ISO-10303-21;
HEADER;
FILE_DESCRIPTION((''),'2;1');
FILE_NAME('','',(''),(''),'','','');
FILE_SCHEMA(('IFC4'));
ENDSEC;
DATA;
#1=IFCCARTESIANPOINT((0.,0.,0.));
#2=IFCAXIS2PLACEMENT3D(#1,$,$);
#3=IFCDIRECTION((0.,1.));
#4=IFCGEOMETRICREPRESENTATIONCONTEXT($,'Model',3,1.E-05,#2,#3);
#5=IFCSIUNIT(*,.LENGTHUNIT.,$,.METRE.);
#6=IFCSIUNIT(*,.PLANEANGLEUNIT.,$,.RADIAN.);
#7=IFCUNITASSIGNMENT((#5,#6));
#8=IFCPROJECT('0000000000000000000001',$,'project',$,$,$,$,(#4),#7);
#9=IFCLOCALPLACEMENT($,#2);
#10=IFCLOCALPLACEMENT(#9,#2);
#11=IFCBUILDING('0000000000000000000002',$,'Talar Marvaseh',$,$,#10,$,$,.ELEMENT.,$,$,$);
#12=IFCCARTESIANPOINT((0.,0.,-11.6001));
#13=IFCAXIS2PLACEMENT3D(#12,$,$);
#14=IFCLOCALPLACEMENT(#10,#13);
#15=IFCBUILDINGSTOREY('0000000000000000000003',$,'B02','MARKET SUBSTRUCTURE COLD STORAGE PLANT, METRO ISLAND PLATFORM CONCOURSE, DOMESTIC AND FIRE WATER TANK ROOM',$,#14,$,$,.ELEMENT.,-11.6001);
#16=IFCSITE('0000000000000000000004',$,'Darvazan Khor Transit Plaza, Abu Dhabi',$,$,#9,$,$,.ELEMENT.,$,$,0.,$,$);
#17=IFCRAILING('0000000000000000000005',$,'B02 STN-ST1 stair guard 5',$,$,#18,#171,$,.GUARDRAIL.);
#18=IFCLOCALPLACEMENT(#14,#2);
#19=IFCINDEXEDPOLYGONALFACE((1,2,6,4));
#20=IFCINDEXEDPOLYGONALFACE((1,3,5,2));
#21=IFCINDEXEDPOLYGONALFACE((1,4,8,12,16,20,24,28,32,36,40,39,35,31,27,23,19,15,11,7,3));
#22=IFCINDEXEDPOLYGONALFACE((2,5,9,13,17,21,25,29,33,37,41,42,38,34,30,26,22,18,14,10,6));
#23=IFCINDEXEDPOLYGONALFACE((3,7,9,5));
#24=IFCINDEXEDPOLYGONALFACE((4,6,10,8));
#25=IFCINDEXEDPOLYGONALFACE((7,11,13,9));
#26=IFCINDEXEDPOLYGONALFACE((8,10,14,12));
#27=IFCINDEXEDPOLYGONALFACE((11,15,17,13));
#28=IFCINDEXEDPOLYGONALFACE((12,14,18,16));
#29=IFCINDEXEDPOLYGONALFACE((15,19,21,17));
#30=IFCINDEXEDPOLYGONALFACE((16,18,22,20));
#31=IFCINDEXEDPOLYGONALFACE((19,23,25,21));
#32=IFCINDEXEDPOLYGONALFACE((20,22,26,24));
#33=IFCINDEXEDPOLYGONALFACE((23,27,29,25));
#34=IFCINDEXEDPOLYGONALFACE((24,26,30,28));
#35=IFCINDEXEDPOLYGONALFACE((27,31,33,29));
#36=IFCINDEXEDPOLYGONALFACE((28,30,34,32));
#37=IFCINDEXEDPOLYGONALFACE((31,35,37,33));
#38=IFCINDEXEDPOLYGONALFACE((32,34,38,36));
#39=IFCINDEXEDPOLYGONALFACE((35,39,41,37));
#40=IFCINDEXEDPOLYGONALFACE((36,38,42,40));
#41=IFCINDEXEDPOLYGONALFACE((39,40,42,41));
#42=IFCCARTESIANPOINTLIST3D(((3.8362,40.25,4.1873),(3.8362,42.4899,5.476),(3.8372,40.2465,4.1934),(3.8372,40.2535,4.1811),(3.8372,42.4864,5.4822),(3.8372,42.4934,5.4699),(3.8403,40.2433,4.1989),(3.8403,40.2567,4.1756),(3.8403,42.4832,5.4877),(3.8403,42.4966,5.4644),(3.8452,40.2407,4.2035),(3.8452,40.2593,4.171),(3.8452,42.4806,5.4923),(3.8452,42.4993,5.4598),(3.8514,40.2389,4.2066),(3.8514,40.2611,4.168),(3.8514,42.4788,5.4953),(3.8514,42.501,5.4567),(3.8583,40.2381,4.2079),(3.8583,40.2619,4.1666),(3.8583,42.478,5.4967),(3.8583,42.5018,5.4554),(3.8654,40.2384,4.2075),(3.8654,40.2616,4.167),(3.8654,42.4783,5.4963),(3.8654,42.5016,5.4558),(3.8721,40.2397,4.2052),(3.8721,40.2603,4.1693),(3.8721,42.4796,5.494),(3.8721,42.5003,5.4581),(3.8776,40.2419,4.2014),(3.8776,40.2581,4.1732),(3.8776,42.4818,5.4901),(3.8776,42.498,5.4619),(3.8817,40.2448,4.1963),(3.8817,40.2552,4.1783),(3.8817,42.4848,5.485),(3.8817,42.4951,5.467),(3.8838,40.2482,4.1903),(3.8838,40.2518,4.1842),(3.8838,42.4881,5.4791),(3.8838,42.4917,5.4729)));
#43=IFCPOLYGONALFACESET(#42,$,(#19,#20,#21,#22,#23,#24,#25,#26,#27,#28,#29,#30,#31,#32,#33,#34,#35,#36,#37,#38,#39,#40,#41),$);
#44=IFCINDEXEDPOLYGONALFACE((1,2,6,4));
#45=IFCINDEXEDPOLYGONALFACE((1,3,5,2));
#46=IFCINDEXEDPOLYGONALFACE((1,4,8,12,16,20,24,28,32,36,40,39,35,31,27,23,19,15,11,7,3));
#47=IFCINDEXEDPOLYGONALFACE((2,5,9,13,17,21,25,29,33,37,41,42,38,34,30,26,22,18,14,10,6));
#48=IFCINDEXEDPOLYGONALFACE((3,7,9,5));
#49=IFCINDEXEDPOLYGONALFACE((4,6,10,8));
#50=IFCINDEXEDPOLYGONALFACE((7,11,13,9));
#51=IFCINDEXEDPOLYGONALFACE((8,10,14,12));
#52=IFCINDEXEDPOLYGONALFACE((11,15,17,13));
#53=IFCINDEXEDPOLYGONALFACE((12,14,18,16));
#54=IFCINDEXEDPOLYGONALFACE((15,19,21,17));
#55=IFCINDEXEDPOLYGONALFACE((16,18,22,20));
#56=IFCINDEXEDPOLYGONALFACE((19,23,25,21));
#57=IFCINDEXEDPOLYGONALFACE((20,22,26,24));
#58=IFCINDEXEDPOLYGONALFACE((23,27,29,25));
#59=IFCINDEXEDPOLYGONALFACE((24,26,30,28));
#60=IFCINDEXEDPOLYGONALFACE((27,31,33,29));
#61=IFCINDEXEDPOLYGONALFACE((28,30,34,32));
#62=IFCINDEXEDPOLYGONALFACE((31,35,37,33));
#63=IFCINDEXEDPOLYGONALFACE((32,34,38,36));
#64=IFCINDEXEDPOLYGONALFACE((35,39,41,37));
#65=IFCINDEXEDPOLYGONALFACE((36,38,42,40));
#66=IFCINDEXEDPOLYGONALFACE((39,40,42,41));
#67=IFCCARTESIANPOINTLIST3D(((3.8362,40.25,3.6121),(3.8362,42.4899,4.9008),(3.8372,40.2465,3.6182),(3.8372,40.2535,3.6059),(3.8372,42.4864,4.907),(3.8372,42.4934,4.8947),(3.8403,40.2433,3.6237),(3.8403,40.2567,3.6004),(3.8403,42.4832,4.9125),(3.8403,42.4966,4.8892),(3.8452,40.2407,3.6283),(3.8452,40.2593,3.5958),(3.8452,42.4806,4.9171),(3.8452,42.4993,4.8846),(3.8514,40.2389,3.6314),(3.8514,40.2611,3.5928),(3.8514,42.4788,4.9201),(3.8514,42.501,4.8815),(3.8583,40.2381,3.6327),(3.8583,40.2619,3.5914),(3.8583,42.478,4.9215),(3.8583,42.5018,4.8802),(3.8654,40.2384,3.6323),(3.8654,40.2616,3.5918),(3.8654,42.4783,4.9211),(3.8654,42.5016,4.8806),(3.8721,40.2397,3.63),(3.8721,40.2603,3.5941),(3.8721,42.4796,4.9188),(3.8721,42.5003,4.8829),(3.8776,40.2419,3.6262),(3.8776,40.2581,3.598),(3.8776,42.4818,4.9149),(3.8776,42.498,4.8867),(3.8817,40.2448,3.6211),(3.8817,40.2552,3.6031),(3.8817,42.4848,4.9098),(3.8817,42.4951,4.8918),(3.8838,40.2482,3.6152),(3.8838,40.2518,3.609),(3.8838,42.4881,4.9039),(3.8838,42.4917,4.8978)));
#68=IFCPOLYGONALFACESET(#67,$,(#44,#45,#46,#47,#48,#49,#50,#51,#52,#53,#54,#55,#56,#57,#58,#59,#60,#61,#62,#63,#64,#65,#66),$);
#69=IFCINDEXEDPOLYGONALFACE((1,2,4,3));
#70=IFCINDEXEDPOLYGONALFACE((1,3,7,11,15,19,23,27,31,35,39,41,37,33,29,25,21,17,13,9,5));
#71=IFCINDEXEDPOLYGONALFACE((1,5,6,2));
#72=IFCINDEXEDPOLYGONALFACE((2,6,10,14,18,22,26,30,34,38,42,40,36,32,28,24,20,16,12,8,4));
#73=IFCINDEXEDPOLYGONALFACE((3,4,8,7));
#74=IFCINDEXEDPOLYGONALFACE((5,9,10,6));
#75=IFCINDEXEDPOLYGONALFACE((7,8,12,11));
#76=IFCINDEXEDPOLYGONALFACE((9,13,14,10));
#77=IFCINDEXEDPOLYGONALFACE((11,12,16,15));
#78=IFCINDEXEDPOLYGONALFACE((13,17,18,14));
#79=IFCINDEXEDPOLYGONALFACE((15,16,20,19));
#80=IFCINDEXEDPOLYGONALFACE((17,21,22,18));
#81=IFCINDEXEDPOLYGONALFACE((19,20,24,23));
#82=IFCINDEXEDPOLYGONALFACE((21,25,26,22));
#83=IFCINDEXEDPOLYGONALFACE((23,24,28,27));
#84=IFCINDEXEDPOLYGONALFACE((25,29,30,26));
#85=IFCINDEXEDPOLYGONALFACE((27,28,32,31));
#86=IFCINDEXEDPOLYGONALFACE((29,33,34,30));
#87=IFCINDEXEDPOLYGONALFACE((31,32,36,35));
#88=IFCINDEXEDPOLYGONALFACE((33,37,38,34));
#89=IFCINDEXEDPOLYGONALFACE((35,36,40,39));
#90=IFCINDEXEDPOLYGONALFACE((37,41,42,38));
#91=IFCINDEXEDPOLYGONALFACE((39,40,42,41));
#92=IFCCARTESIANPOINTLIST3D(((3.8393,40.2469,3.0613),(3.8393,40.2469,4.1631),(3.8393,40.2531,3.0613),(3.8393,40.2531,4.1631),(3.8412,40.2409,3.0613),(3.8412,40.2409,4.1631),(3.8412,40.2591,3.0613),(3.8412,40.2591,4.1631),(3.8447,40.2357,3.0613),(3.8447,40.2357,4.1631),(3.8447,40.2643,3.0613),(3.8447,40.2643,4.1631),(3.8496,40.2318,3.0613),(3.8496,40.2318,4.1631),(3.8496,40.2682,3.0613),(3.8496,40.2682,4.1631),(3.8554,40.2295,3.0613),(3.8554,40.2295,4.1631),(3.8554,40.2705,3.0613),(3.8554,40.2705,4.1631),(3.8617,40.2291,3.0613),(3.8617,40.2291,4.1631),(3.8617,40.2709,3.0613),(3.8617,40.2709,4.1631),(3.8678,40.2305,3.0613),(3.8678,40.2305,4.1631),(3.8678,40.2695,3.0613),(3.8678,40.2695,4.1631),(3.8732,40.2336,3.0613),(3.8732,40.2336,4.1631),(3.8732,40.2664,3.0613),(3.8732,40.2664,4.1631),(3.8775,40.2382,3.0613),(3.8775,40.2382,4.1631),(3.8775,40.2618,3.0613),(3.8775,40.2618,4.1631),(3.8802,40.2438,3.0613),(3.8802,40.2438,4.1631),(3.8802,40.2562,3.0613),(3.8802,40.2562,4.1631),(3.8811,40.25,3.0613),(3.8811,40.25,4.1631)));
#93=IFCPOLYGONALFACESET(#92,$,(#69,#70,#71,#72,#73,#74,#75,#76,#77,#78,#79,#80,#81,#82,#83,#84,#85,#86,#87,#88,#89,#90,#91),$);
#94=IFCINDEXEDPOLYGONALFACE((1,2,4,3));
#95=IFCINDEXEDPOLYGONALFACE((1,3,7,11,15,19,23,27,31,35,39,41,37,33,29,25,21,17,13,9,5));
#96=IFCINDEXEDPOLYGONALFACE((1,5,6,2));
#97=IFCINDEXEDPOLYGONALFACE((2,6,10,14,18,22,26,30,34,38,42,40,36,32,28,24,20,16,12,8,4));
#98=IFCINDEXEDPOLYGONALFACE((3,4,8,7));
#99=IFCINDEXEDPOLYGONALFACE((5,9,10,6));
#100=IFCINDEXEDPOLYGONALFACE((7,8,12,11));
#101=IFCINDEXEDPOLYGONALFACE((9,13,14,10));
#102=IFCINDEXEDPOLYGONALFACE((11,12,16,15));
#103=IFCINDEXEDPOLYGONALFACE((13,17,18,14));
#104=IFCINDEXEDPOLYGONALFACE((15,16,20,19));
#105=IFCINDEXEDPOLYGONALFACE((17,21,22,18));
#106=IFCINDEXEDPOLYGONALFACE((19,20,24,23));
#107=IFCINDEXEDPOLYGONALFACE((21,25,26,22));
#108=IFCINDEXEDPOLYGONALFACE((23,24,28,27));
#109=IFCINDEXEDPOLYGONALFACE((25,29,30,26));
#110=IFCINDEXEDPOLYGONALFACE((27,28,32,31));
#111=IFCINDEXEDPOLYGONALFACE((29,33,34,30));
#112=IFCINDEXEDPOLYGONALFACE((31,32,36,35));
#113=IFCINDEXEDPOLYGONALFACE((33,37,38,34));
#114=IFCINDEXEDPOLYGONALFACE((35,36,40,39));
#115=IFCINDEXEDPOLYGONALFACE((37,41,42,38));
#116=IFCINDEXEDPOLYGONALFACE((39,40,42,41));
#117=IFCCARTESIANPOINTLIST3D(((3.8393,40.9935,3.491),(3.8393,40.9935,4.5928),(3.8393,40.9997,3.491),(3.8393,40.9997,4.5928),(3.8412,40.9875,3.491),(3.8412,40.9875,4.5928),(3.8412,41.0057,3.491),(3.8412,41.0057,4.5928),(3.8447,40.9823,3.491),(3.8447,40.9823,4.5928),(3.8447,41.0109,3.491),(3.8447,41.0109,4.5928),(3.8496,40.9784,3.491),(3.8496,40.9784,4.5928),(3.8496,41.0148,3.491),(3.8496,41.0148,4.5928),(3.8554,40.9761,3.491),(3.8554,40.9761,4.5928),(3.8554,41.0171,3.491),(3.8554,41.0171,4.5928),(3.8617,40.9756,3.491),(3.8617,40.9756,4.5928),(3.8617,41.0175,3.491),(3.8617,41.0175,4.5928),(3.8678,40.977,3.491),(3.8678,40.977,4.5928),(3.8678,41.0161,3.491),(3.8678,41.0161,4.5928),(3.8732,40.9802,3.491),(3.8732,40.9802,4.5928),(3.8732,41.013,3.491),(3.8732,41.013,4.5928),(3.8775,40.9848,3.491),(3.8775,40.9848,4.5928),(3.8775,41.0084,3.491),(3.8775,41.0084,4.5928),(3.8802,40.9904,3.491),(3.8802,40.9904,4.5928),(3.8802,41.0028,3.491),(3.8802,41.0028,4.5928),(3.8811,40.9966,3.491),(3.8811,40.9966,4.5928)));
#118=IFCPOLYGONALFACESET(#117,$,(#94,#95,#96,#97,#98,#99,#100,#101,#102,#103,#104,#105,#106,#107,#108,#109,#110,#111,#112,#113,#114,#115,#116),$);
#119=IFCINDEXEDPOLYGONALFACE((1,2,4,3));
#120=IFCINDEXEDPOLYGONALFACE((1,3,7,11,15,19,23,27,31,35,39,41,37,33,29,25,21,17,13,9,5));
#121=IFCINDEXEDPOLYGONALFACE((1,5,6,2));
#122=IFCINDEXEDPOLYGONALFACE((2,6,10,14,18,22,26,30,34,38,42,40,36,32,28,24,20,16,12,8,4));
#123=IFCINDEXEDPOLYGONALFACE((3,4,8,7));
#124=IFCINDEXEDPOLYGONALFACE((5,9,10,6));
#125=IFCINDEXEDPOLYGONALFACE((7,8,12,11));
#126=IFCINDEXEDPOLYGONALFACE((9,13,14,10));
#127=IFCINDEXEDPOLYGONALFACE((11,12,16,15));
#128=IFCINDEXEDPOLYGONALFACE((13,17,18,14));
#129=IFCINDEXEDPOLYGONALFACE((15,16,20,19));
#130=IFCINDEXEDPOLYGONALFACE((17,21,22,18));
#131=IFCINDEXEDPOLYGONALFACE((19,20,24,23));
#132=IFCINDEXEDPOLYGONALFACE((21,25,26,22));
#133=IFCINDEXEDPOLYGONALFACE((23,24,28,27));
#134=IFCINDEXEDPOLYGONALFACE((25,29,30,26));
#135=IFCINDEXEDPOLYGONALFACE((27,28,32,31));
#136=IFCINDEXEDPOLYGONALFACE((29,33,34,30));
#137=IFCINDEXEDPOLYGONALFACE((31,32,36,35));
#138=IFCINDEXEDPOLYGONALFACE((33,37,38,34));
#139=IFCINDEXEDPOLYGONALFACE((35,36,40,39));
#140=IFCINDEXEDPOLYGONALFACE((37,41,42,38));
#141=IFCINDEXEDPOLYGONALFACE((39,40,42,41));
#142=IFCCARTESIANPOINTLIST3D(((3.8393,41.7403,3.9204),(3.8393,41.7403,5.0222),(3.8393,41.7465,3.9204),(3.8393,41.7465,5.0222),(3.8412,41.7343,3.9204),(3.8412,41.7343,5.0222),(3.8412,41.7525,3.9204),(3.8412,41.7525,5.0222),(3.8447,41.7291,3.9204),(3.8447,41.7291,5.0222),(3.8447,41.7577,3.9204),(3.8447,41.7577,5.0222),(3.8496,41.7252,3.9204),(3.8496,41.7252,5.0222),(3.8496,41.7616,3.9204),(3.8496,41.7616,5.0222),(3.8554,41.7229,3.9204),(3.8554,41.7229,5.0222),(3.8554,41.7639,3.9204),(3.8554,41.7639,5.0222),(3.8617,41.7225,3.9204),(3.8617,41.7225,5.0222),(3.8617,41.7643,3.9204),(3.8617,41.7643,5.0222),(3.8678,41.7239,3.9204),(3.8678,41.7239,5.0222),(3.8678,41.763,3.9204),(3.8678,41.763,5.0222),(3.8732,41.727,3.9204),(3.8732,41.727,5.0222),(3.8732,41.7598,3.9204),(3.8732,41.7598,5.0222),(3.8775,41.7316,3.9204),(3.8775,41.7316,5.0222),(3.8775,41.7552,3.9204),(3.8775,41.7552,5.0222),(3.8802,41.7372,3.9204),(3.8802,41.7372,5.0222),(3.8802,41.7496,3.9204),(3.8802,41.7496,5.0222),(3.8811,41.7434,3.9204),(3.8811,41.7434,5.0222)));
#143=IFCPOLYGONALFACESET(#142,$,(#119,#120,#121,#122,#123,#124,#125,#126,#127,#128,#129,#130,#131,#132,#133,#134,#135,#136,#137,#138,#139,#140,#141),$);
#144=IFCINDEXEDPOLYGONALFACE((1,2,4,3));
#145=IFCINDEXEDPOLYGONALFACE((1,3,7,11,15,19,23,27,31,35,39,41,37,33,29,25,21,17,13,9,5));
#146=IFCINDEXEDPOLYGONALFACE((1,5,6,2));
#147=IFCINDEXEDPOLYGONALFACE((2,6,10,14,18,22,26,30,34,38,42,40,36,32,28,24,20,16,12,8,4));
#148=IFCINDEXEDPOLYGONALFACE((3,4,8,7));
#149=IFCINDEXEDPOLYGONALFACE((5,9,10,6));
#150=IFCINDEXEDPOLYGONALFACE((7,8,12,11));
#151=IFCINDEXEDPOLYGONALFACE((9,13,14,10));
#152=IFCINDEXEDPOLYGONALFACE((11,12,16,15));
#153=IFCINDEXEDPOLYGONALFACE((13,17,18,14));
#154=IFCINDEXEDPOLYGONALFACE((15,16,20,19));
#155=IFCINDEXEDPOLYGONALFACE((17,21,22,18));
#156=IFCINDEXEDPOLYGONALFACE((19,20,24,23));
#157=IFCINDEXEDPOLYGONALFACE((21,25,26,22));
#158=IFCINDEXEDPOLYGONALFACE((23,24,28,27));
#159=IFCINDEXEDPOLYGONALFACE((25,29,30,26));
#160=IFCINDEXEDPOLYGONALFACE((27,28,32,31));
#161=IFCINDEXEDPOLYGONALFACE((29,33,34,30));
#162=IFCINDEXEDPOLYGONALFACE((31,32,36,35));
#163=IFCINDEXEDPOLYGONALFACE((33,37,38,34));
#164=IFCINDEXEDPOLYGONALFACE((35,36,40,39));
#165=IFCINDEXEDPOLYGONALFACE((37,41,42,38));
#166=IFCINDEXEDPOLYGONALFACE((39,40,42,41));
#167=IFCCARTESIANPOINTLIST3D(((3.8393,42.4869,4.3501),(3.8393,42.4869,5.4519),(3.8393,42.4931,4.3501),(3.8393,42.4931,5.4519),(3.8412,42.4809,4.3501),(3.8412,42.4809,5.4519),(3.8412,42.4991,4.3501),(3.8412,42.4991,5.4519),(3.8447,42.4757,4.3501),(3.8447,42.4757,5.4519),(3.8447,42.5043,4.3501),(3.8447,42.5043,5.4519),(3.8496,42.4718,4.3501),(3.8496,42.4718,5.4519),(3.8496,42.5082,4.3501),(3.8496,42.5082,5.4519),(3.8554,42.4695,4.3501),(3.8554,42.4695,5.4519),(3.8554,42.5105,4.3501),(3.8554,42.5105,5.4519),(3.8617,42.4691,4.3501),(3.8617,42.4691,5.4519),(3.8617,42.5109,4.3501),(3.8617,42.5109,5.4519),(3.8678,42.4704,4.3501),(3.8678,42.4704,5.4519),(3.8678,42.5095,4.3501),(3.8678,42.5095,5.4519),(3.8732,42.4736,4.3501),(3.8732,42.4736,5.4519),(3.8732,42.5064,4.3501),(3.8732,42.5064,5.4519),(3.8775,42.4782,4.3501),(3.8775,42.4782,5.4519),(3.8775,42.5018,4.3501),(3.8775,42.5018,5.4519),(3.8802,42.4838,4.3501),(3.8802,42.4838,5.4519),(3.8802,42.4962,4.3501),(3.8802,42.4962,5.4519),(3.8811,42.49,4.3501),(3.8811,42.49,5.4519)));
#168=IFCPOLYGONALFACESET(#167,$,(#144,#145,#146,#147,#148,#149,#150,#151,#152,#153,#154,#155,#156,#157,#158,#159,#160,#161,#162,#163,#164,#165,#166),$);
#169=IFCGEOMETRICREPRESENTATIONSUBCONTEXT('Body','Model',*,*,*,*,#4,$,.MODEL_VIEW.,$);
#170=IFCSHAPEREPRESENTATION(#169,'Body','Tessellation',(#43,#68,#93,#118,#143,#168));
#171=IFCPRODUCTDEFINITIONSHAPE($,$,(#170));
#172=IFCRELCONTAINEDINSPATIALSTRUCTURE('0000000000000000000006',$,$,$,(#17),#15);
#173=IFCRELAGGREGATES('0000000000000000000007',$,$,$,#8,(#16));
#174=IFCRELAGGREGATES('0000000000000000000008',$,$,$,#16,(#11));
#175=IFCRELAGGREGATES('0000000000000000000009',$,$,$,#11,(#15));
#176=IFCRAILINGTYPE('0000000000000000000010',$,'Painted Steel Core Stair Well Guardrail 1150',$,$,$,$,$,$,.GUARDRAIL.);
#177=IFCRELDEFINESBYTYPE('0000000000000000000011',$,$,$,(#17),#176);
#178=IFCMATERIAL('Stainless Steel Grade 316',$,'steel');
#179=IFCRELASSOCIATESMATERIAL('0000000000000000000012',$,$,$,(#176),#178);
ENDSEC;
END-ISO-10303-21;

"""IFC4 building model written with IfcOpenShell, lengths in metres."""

from ifc_helpers import new_model, si_unit, direction, frame, origin, origin_2d, place, context, subcontext, project, spatial, circle, extrude, material, type_object, element, save


model = new_model("IFC4")

# Units and contexts
model_context = context("Model", 3, precision=1e-05, world=origin(), true_north=direction((0.0, 1.0)))
body_context = subcontext(model_context, "Body", "Model", "MODEL_VIEW")
ifc_project = project(units=[si_unit("LENGTHUNIT", "METRE"), si_unit("PLANEANGLEUNIT", "RADIAN")], contexts=[model_context])

# Site, building, storey
site_placement = place(None, origin())
site = spatial("IfcSite", under=ifc_project, at=site_placement, Name="Darvazan Khor Transit Plaza, Abu Dhabi", CompositionType="ELEMENT", RefElevation=0.0)
building_placement = place(site_placement, origin())
building = spatial("IfcBuilding", under=site, at=building_placement, Name="Talar Marvaseh", CompositionType="ELEMENT")
storey_placement = place(building_placement, frame((0.0, 0.0, -11.6001)))
storey = spatial("IfcBuildingStorey", under=building, at=storey_placement, Name="B02", Description="MARKET SUBSTRUCTURE COLD STORAGE PLANT, METRO ISLAND PLATFORM CONCOURSE, DOMESTIC AND FIRE WATER TANK ROOM", CompositionType="ELEMENT", Elevation=-11.6001)

# Railing
ifc_material_1 = material(Name="Stainless Steel Grade 316", Category="steel")
railing_type_1 = type_object("IfcRailingType", Name="Painted Steel Core Stair Well Guardrail 1150", PredefinedType="GUARDRAIL", material=ifc_material_1)
railing_1_placement = place(storey_placement, frame((3.8601, 40.25, 3.0613)))
element("IfcRailing", 1, at=railing_1_placement, inside=storey, type_object=railing_type_1, Name="B02 STN-ST1 stair guard 5", PredefinedType="GUARDRAIL", context=body_context, shape_type="SweptSolid", body=[
    extrude(circle(Radius=0.0239, at=origin_2d()), frame((0.0, 0.0, 1.126), z_axis=(0.0, 0.866768, 0.498711), x_axis=(-1.0, 0.0, 0.0)), (0.0, 0.0, 1.0), 2.5842),
    extrude(circle(Radius=0.0239, at=origin_2d()), frame((0.0, 0.0, 0.5508), z_axis=(0.0, 0.866768, 0.498711), x_axis=(-1.0, 0.0, 0.0)), (0.0, 0.0, 1.0), 2.5842),
    extrude(circle(Radius=0.021, at=origin_2d()), origin(), (0.0, 0.0, 1.0), 1.1018),
    extrude(circle(Radius=0.021, at=origin_2d()), frame((0.0, 0.7466, 0.4297)), (0.0, 0.0, 1.0), 1.1018),
    extrude(circle(Radius=0.021, at=origin_2d()), frame((0.0, 1.4934, 0.8591)), (0.0, 0.0, 1.0), 1.1018),
    extrude(circle(Radius=0.021, at=origin_2d()), frame((0.0, 2.24, 1.2888)), (0.0, 0.0, 1.0), 1.1018),
])

save(model, "model.ifc")
